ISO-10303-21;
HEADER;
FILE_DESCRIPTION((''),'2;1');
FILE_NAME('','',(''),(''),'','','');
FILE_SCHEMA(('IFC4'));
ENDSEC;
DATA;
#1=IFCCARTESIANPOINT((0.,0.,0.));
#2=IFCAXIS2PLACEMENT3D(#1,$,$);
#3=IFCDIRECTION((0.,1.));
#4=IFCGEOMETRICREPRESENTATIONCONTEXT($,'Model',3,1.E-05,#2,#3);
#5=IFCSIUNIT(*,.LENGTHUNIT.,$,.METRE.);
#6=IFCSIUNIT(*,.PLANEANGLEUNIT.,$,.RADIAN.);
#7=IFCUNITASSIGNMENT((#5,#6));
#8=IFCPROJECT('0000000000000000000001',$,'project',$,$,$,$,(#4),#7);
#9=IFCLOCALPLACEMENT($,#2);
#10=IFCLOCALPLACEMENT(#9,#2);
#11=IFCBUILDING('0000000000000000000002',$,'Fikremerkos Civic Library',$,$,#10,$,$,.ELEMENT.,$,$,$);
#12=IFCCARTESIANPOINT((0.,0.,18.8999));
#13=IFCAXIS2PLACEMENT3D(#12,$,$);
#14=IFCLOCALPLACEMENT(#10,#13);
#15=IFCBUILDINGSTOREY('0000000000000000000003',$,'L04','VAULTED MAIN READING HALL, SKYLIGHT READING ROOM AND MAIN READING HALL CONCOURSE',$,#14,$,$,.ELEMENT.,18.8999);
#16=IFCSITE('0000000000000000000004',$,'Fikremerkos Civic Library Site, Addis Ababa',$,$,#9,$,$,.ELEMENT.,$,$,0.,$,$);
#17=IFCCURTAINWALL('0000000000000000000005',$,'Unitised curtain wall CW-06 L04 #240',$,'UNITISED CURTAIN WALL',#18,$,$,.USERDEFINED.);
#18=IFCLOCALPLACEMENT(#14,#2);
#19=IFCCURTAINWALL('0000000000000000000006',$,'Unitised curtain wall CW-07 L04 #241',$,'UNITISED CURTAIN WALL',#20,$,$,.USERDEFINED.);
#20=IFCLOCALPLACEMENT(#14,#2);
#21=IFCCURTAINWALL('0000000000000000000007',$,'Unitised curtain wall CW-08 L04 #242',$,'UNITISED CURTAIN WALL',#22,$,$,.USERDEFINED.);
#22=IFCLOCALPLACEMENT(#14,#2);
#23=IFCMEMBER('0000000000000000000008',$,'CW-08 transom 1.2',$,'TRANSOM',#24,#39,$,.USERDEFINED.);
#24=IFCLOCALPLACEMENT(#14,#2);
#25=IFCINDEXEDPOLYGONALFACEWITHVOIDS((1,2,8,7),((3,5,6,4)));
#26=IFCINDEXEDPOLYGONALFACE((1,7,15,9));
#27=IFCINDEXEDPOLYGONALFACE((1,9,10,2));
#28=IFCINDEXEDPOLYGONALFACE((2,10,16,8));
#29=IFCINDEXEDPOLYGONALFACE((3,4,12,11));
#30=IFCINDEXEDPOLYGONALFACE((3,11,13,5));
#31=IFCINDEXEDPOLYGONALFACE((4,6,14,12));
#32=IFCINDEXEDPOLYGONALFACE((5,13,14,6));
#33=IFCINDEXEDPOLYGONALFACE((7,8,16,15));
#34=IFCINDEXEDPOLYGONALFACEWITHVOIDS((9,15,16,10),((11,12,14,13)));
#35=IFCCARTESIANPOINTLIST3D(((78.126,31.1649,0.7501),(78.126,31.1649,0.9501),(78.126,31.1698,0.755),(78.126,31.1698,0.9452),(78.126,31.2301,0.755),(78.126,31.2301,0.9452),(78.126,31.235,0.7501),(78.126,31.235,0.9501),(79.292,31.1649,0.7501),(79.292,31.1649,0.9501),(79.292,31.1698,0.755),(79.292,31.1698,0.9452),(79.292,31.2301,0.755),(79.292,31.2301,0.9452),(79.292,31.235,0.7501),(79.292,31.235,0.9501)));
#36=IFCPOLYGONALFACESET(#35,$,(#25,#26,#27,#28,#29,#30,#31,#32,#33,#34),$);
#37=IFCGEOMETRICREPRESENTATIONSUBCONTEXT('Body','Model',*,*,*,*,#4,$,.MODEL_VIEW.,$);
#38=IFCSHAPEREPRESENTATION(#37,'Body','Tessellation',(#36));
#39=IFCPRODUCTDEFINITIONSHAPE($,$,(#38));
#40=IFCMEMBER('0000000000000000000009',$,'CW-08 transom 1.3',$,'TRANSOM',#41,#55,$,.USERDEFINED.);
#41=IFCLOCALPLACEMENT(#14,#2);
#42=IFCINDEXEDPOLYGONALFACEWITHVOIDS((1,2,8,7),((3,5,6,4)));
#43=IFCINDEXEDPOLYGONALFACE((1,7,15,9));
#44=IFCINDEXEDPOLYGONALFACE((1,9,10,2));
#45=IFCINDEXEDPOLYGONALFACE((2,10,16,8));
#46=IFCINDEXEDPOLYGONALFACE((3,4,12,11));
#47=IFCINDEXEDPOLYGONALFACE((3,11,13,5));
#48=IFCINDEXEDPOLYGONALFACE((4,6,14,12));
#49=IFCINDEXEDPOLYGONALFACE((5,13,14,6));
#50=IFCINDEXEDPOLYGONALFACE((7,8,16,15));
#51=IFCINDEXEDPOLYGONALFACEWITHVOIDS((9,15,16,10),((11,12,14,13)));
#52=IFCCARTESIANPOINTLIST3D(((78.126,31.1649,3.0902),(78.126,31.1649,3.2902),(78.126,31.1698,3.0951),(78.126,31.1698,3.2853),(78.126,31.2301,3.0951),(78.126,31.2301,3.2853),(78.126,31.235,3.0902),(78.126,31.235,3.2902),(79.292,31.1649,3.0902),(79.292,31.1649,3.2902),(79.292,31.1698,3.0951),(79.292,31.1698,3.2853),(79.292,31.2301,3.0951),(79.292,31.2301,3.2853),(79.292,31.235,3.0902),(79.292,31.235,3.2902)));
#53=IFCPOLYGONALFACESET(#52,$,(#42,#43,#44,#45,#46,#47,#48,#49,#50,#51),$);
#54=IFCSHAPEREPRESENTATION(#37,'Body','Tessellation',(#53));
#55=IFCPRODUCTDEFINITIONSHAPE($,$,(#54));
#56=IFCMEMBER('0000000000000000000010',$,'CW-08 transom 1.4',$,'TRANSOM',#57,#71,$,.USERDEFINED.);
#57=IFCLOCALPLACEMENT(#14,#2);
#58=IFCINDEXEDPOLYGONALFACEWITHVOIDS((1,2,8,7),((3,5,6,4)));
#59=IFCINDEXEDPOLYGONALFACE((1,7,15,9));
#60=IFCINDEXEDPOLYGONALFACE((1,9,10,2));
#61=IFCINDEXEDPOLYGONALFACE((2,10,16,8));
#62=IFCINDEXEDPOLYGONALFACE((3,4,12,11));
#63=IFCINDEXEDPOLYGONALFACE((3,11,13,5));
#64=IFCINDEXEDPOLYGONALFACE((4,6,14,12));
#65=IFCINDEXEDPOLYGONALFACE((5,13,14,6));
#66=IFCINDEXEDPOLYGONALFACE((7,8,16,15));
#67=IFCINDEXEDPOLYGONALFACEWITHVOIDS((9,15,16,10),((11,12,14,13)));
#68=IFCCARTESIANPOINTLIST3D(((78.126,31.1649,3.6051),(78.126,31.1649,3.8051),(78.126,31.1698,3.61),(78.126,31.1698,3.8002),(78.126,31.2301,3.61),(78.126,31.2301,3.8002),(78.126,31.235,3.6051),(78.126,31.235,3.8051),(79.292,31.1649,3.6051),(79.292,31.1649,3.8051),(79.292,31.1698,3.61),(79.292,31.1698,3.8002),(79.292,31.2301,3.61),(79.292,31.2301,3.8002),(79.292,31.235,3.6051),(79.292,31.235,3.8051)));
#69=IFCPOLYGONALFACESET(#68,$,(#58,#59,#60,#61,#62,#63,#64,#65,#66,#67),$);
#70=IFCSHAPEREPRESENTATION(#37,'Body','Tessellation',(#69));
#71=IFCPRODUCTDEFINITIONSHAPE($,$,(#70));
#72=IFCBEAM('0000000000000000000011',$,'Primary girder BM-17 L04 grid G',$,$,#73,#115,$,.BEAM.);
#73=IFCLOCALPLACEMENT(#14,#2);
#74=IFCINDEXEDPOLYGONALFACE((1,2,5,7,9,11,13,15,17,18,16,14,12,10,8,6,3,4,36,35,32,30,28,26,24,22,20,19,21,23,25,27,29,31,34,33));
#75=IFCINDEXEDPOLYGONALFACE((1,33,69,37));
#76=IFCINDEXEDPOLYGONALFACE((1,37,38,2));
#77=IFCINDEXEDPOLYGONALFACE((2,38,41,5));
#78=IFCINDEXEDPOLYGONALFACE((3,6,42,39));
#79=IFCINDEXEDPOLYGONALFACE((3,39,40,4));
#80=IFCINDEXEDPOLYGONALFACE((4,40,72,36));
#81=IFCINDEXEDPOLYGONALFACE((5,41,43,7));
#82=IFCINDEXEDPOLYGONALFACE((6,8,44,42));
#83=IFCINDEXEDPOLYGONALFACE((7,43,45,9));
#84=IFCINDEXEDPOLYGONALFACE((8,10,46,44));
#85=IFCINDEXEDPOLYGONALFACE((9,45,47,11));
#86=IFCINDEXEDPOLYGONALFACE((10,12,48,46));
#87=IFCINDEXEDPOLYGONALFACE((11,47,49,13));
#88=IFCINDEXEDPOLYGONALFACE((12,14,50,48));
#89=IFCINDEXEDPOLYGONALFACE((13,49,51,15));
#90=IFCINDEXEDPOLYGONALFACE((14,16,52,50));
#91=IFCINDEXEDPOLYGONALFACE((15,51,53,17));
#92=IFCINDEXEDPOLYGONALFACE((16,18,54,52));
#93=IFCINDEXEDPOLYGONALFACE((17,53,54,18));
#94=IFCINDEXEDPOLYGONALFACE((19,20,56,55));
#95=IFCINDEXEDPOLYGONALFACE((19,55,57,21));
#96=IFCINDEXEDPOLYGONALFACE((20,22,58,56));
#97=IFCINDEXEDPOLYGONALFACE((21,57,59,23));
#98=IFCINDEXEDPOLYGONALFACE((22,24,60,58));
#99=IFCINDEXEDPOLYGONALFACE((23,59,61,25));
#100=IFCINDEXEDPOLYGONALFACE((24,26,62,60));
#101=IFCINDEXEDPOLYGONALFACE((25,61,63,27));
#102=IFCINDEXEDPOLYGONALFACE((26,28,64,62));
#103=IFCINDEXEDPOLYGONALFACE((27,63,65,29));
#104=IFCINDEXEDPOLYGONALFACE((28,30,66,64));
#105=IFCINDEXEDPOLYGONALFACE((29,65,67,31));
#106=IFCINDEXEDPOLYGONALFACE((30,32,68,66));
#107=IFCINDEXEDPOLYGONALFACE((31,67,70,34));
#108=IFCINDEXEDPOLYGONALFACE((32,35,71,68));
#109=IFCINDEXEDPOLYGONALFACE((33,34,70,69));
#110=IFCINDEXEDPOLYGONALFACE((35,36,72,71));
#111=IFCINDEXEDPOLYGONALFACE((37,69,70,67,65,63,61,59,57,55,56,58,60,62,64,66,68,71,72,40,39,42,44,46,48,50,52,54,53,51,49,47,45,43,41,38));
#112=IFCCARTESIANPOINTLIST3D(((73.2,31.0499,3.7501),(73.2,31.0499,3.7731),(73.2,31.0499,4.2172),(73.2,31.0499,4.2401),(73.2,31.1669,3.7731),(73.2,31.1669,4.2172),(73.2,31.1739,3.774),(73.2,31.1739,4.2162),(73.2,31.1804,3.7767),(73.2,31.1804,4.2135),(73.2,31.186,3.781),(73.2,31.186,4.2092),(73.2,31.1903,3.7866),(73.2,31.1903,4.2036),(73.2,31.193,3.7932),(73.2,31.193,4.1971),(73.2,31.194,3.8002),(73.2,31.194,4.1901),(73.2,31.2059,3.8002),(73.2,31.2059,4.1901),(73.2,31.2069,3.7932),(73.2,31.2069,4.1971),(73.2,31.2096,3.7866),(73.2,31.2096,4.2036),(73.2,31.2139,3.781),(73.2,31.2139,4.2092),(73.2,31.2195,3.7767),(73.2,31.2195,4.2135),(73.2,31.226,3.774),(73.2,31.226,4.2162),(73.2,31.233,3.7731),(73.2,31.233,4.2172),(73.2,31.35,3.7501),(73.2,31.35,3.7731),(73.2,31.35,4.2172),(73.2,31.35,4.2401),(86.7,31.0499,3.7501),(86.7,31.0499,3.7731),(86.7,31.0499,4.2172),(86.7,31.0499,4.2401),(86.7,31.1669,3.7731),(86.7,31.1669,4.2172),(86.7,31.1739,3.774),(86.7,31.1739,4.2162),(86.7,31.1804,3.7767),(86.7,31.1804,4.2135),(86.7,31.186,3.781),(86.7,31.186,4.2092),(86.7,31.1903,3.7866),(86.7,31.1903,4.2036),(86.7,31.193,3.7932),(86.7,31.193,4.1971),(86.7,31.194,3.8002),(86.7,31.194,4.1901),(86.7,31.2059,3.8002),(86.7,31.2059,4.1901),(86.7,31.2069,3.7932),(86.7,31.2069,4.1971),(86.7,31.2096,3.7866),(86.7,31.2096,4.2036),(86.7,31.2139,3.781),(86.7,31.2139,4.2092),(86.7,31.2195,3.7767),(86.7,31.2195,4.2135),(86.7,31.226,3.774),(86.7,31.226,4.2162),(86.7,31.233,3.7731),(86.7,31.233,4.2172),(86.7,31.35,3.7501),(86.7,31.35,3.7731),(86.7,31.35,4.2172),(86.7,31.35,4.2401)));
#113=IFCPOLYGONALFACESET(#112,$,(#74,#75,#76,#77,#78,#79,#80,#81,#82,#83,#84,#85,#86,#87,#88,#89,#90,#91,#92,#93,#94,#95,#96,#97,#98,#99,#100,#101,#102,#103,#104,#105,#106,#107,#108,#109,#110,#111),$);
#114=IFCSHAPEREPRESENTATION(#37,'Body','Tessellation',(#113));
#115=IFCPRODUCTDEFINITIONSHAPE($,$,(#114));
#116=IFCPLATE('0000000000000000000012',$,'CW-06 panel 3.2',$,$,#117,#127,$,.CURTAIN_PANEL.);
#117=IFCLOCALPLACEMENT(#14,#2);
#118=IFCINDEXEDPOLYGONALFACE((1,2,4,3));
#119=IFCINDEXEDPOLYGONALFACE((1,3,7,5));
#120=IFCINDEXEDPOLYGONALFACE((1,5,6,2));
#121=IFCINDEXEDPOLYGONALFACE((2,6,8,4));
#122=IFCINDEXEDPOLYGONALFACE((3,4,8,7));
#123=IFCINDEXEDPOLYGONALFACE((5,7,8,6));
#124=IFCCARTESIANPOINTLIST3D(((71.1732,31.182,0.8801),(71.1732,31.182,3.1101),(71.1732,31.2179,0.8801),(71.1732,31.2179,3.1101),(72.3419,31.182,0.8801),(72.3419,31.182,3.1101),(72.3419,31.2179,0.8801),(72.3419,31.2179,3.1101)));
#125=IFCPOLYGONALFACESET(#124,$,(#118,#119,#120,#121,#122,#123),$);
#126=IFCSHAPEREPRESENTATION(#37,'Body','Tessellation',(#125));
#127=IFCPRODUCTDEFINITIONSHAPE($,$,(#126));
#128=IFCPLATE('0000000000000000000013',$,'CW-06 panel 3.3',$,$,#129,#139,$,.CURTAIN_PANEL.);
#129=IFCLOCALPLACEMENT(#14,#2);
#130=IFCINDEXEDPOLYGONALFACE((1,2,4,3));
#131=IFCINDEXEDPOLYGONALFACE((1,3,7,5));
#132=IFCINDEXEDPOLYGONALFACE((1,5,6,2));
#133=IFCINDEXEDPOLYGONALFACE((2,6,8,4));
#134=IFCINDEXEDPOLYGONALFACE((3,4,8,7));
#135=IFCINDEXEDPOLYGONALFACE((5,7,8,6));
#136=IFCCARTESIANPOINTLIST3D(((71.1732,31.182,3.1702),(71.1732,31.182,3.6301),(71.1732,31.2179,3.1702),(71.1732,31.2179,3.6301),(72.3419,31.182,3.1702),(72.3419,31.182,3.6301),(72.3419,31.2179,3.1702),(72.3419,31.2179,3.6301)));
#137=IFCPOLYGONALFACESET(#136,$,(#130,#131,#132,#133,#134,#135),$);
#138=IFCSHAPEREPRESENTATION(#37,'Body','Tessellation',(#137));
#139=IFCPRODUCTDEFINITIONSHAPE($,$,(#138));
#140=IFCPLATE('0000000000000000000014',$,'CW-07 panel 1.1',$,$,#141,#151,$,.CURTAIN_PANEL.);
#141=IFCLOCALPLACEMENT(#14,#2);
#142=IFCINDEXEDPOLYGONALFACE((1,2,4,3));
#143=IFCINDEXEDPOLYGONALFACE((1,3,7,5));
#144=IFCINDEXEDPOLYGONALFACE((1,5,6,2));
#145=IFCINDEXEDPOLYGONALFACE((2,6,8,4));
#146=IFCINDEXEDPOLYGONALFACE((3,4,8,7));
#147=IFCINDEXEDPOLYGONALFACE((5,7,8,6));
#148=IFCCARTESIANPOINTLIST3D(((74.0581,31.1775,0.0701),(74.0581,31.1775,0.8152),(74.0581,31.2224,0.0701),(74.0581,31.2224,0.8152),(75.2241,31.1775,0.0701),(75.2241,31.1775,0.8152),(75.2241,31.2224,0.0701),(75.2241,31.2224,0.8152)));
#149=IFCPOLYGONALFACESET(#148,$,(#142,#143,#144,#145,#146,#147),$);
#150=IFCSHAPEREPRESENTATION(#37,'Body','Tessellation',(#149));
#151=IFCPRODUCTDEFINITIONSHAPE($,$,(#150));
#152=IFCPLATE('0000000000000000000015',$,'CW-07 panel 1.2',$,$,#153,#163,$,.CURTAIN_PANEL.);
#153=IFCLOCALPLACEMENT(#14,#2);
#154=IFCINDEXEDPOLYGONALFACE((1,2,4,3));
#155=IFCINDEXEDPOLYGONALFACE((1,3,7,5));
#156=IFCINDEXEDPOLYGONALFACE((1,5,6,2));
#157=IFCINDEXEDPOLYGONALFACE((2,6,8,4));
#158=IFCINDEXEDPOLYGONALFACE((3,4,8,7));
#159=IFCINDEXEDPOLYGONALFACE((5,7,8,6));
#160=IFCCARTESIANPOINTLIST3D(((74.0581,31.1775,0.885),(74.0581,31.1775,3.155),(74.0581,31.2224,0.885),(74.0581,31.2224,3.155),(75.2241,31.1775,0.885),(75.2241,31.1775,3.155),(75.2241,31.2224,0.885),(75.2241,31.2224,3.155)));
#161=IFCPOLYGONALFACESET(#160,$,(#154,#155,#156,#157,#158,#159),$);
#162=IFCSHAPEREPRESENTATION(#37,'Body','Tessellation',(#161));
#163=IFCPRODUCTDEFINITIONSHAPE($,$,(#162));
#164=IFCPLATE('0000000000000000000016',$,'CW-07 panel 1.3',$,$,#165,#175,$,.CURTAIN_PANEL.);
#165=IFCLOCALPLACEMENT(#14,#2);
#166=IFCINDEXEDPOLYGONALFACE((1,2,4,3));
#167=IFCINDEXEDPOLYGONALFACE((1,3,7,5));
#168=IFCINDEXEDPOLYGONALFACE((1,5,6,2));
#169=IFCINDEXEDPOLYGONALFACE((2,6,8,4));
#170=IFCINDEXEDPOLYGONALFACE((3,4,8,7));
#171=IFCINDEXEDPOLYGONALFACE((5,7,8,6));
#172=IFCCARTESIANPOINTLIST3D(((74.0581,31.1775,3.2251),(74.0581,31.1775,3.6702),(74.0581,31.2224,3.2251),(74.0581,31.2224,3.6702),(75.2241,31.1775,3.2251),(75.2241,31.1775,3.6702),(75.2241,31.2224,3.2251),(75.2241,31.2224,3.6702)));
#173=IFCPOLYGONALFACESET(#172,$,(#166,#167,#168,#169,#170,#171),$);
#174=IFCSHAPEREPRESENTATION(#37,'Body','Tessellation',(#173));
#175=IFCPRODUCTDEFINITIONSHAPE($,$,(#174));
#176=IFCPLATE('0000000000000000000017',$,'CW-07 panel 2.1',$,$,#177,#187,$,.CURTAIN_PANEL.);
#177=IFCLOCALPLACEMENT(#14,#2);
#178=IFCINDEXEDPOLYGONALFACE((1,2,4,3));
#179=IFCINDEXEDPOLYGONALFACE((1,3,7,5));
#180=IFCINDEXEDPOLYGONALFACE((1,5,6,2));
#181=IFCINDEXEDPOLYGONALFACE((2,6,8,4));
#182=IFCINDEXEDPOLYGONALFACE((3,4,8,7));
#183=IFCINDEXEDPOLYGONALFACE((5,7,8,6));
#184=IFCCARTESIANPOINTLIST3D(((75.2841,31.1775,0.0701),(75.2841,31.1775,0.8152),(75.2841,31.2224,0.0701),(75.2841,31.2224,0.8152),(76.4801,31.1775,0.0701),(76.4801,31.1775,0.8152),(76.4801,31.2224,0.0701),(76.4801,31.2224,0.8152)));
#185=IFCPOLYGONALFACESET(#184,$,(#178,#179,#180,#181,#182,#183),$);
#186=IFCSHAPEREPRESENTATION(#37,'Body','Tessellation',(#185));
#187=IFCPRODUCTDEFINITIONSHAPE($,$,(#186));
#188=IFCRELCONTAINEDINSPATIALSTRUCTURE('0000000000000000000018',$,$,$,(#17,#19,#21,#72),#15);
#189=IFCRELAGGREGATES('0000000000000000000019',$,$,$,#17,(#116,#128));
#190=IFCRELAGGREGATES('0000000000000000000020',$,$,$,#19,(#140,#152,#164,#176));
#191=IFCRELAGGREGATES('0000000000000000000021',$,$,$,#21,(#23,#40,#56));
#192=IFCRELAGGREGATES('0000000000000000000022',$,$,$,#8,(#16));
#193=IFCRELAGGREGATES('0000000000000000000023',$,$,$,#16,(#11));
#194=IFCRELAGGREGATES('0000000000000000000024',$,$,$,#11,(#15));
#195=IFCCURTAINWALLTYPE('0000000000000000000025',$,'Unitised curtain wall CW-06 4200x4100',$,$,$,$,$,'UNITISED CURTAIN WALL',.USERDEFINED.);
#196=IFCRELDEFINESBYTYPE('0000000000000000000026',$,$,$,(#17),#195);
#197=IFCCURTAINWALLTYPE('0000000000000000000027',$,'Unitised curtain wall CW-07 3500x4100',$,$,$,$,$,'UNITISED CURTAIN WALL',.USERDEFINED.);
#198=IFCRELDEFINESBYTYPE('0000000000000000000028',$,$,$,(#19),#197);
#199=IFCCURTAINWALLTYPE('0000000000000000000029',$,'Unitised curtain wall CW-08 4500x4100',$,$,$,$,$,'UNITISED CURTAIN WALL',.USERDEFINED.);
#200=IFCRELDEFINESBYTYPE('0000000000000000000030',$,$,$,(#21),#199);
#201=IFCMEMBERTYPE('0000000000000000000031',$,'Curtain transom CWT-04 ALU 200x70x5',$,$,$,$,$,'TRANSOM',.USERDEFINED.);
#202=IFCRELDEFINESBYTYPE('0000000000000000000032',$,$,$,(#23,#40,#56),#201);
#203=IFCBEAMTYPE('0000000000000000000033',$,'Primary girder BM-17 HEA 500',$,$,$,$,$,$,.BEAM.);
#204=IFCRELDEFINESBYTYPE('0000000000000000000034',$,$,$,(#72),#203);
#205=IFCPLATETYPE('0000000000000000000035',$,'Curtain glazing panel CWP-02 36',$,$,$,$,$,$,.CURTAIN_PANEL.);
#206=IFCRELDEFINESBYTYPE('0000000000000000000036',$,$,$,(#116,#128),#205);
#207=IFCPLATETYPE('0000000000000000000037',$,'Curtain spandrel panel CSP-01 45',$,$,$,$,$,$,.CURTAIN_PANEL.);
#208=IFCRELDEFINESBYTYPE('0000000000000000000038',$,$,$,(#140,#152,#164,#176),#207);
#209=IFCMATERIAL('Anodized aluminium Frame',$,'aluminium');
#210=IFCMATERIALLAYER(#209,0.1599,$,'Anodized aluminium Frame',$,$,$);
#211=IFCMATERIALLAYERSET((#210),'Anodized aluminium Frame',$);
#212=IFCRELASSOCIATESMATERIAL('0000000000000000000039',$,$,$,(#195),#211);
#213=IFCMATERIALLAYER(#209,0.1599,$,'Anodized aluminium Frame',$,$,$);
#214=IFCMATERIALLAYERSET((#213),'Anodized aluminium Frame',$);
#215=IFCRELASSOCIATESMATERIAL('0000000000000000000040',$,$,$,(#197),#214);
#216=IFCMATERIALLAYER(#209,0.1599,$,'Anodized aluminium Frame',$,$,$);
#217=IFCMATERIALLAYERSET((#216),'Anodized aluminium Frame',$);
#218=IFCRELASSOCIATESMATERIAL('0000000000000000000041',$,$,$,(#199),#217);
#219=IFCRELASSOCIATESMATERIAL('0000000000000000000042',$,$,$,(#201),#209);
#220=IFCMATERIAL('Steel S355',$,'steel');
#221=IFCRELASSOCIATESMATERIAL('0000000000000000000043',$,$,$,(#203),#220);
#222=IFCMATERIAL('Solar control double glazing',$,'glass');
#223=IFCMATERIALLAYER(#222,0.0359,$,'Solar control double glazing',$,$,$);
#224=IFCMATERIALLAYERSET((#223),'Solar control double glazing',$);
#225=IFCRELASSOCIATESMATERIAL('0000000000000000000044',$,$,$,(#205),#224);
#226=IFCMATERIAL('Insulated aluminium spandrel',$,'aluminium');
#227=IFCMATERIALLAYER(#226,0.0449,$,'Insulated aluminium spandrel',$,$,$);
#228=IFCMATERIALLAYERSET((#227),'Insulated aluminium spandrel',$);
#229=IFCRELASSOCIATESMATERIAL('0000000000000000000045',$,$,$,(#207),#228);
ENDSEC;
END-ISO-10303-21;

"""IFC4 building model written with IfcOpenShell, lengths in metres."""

from ifc_helpers import new_model, si_unit, direction, frame, origin, origin_2d, place, context, subcontext, project, spatial, rectangle, hollow_rectangle, i_section, extrude, material, layer, layer_set, material_profile, profile_set, type_object, element, aggregate, save


model = new_model("IFC4")

# Units and contexts
model_context = context("Model", 3, precision=1e-05, world=origin(), true_north=direction((0.0, 1.0)))
body_context = subcontext(model_context, "Body", "Model", "MODEL_VIEW")
ifc_project = project(units=[si_unit("LENGTHUNIT", "METRE"), si_unit("PLANEANGLEUNIT", "RADIAN")], contexts=[model_context])

# Site, building, storey
site_placement = place(None, origin())
site = spatial("IfcSite", under=ifc_project, at=site_placement, Name="Fikremerkos Civic Library Site, Addis Ababa", CompositionType="ELEMENT", RefElevation=0.0)
building_placement = place(site_placement, origin())
building = spatial("IfcBuilding", under=site, at=building_placement, Name="Fikremerkos Civic Library", CompositionType="ELEMENT")
storey_placement = place(building_placement, frame((0.0, 0.0, 18.8999)))
storey = spatial("IfcBuildingStorey", under=building, at=storey_placement, Name="L04", Description="VAULTED MAIN READING HALL, SKYLIGHT READING ROOM AND MAIN READING HALL CONCOURSE", CompositionType="ELEMENT", Elevation=18.8999)

# Curtain wall
ifc_material_1 = material(Name="Anodized aluminium Frame", Category="aluminium")
ifc_layer_1 = layer(ifc_material_1, 0.1599, Name="Anodized aluminium Frame")
ifc_layer_set_1 = layer_set([ifc_layer_1], Name="Anodized aluminium Frame")
curtain_wall_type_1 = type_object("IfcCurtainWallType", Name="Unitised curtain wall CW-06 4200x4100", ElementType="UNITISED CURTAIN WALL", PredefinedType="USERDEFINED", material=ifc_layer_set_1)
curtain_wall_1_placement = place(storey_placement, origin())
curtain_wall_1 = element("IfcCurtainWall", 1, at=curtain_wall_1_placement, inside=storey, type_object=curtain_wall_type_1, Name="Unitised curtain wall CW-06 L04 #240", ObjectType="UNITISED CURTAIN WALL", PredefinedType="USERDEFINED")

# Curtain wall
ifc_layer_2 = layer(ifc_material_1, 0.1599, Name="Anodized aluminium Frame")
ifc_layer_set_2 = layer_set([ifc_layer_2], Name="Anodized aluminium Frame")
curtain_wall_type_2 = type_object("IfcCurtainWallType", Name="Unitised curtain wall CW-07 3500x4100", ElementType="UNITISED CURTAIN WALL", PredefinedType="USERDEFINED", material=ifc_layer_set_2)
curtain_wall_2_placement = place(storey_placement, origin())
curtain_wall_2 = element("IfcCurtainWall", 2, at=curtain_wall_2_placement, inside=storey, type_object=curtain_wall_type_2, Name="Unitised curtain wall CW-07 L04 #241", ObjectType="UNITISED CURTAIN WALL", PredefinedType="USERDEFINED")

# Curtain wall
ifc_layer_3 = layer(ifc_material_1, 0.1599, Name="Anodized aluminium Frame")
ifc_layer_set_3 = layer_set([ifc_layer_3], Name="Anodized aluminium Frame")
curtain_wall_type_3 = type_object("IfcCurtainWallType", Name="Unitised curtain wall CW-08 4500x4100", ElementType="UNITISED CURTAIN WALL", PredefinedType="USERDEFINED", material=ifc_layer_set_3)
curtain_wall_3_placement = place(storey_placement, origin())
curtain_wall_3 = element("IfcCurtainWall", 3, at=curtain_wall_3_placement, inside=storey, type_object=curtain_wall_type_3, Name="Unitised curtain wall CW-08 L04 #242", ObjectType="UNITISED CURTAIN WALL", PredefinedType="USERDEFINED")

# Members
ifc_material_profile_1 = material_profile(ifc_material_1, hollow_rectangle(XDim=0.0701, YDim=0.2, WallThickness=0.0049, at=origin_2d()), Name="ALU 200x70x5")
ifc_profile_set_1 = profile_set([ifc_material_profile_1], Name="Anodized aluminium Frame")
member_type_1 = type_object("IfcMemberType", Name="Curtain transom CWT-04 ALU 200x70x5", ElementType="TRANSOM", PredefinedType="USERDEFINED", material=ifc_profile_set_1)
member_1_placement = place(storey_placement, frame((78.126, 31.2, 0.8501), z_axis=(1.0, 0.0, 0.0), x_axis=(0.0, 1.0, 0.0)))
member_1 = element("IfcMember", 4, at=member_1_placement, type_object=member_type_1, Name="CW-08 transom 1.2", ObjectType="TRANSOM", PredefinedType="USERDEFINED", context=body_context, shape_type="SweptSolid", body=[
    extrude(hollow_rectangle(XDim=0.0701, YDim=0.2, WallThickness=0.0049, at=origin_2d()), origin(), (0.0, 0.0, 1.0), 1.166),
])
member_2_placement = place(storey_placement, frame((78.126, 31.2, 3.1902), z_axis=(1.0, 0.0, 0.0), x_axis=(0.0, 1.0, 0.0)))
member_2 = element("IfcMember", 5, at=member_2_placement, type_object=member_type_1, Name="CW-08 transom 1.3", ObjectType="TRANSOM", PredefinedType="USERDEFINED", context=body_context, shape_type="SweptSolid", body=[
    extrude(hollow_rectangle(XDim=0.0701, YDim=0.2, WallThickness=0.0049, at=origin_2d()), origin(), (0.0, 0.0, 1.0), 1.166),
])
member_3_placement = place(storey_placement, frame((78.126, 31.2, 3.7051), z_axis=(1.0, 0.0, 0.0), x_axis=(0.0, 1.0, 0.0)))
member_3 = element("IfcMember", 6, at=member_3_placement, type_object=member_type_1, Name="CW-08 transom 1.4", ObjectType="TRANSOM", PredefinedType="USERDEFINED", context=body_context, shape_type="SweptSolid", body=[
    extrude(hollow_rectangle(XDim=0.0701, YDim=0.2, WallThickness=0.0049, at=origin_2d()), origin(), (0.0, 0.0, 1.0), 1.166),
])

# Beam
ifc_material_2 = material(Name="Steel S355", Category="steel")
ifc_material_profile_2 = material_profile(ifc_material_2, i_section(OverallWidth=0.3, OverallDepth=0.49, WebThickness=0.012, FlangeThickness=0.0229, FilletRadius=0.0271, at=origin_2d()), Name="HEA 500")
ifc_profile_set_2 = profile_set([ifc_material_profile_2], Name="Steel S355")
beam_type = type_object("IfcBeamType", Name="Primary girder BM-17 HEA 500", PredefinedType="BEAM", material=ifc_profile_set_2)
beam_placement = place(storey_placement, frame((73.2, 31.2, 3.9951), z_axis=(1.0, 0.0, 0.0), x_axis=(0.0, 1.0, 0.0)))
element("IfcBeam", 7, at=beam_placement, inside=storey, type_object=beam_type, Name="Primary girder BM-17 L04 grid G", PredefinedType="BEAM", context=body_context, shape_type="SweptSolid", body=[
    extrude(i_section(OverallWidth=0.3, OverallDepth=0.49, WebThickness=0.012, FlangeThickness=0.0229, FilletRadius=0.0271, at=origin_2d()), origin(), (0.0, 0.0, 1.0), 13.5),
])

# Plates
ifc_material_3 = material(Name="Solar control double glazing", Category="glass")
ifc_layer_4 = layer(ifc_material_3, 0.0359, Name="Solar control double glazing")
ifc_layer_set_4 = layer_set([ifc_layer_4], Name="Solar control double glazing")
plate_type_1 = type_object("IfcPlateType", Name="Curtain glazing panel CWP-02 36", PredefinedType="CURTAIN_PANEL", material=ifc_layer_set_4)
plate_1_placement = place(storey_placement, frame((71.7576, 31.2, 0.8801), z_axis=(0.0, 0.0, 1.0), x_axis=(1.0, 0.0, 0.0)))
plate_1 = element("IfcPlate", 8, at=plate_1_placement, type_object=plate_type_1, Name="CW-06 panel 3.2", PredefinedType="CURTAIN_PANEL", context=body_context, shape_type="SweptSolid", body=[
    extrude(rectangle(XDim=1.1687, YDim=0.0359, at=origin_2d()), origin(), (0.0, 0.0, 1.0), 2.23),
])
plate_2_placement = place(storey_placement, frame((71.7576, 31.2, 3.1702), z_axis=(0.0, 0.0, 1.0), x_axis=(1.0, 0.0, 0.0)))
plate_2 = element("IfcPlate", 9, at=plate_2_placement, type_object=plate_type_1, Name="CW-06 panel 3.3", PredefinedType="CURTAIN_PANEL", context=body_context, shape_type="SweptSolid", body=[
    extrude(rectangle(XDim=1.1687, YDim=0.0359, at=origin_2d()), origin(), (0.0, 0.0, 1.0), 0.46),
])
aggregate(curtain_wall_1, [plate_1, plate_2])
ifc_material_4 = material(Name="Insulated aluminium spandrel", Category="aluminium")
ifc_layer_5 = layer(ifc_material_4, 0.0449, Name="Insulated aluminium spandrel")
ifc_layer_set_5 = layer_set([ifc_layer_5], Name="Insulated aluminium spandrel")
plate_type_2 = type_object("IfcPlateType", Name="Curtain spandrel panel CSP-01 45", PredefinedType="CURTAIN_PANEL", material=ifc_layer_set_5)
plate_3_placement = place(storey_placement, frame((74.6411, 31.2, 0.0701), z_axis=(0.0, 0.0, 1.0), x_axis=(1.0, 0.0, 0.0)))
plate_3 = element("IfcPlate", 10, at=plate_3_placement, type_object=plate_type_2, Name="CW-07 panel 1.1", PredefinedType="CURTAIN_PANEL", context=body_context, shape_type="SweptSolid", body=[
    extrude(rectangle(XDim=1.166, YDim=0.0449, at=origin_2d()), origin(), (0.0, 0.0, 1.0), 0.7451),
])
plate_4_placement = place(storey_placement, frame((74.6411, 31.2, 0.885), z_axis=(0.0, 0.0, 1.0), x_axis=(1.0, 0.0, 0.0)))
plate_4 = element("IfcPlate", 11, at=plate_4_placement, type_object=plate_type_2, Name="CW-07 panel 1.2", PredefinedType="CURTAIN_PANEL", context=body_context, shape_type="SweptSolid", body=[
    extrude(rectangle(XDim=1.166, YDim=0.0449, at=origin_2d()), origin(), (0.0, 0.0, 1.0), 2.27),
])
plate_5_placement = place(storey_placement, frame((74.6411, 31.2, 3.2251), z_axis=(0.0, 0.0, 1.0), x_axis=(1.0, 0.0, 0.0)))
plate_5 = element("IfcPlate", 12, at=plate_5_placement, type_object=plate_type_2, Name="CW-07 panel 1.3", PredefinedType="CURTAIN_PANEL", context=body_context, shape_type="SweptSolid", body=[
    extrude(rectangle(XDim=1.166, YDim=0.0449, at=origin_2d()), origin(), (0.0, 0.0, 1.0), 0.4451),
])
plate_6_placement = place(storey_placement, frame((75.8821, 31.2, 0.0701), z_axis=(0.0, 0.0, 1.0), x_axis=(1.0, 0.0, 0.0)))
plate_6 = element("IfcPlate", 13, at=plate_6_placement, type_object=plate_type_2, Name="CW-07 panel 2.1", PredefinedType="CURTAIN_PANEL", context=body_context, shape_type="SweptSolid", body=[
    extrude(rectangle(XDim=1.196, YDim=0.0449, at=origin_2d()), origin(), (0.0, 0.0, 1.0), 0.7451),
])
aggregate(curtain_wall_2, [plate_3, plate_4, plate_5, plate_6])
aggregate(curtain_wall_3, [member_1, member_2, member_3])

save(model, "model.ifc")
